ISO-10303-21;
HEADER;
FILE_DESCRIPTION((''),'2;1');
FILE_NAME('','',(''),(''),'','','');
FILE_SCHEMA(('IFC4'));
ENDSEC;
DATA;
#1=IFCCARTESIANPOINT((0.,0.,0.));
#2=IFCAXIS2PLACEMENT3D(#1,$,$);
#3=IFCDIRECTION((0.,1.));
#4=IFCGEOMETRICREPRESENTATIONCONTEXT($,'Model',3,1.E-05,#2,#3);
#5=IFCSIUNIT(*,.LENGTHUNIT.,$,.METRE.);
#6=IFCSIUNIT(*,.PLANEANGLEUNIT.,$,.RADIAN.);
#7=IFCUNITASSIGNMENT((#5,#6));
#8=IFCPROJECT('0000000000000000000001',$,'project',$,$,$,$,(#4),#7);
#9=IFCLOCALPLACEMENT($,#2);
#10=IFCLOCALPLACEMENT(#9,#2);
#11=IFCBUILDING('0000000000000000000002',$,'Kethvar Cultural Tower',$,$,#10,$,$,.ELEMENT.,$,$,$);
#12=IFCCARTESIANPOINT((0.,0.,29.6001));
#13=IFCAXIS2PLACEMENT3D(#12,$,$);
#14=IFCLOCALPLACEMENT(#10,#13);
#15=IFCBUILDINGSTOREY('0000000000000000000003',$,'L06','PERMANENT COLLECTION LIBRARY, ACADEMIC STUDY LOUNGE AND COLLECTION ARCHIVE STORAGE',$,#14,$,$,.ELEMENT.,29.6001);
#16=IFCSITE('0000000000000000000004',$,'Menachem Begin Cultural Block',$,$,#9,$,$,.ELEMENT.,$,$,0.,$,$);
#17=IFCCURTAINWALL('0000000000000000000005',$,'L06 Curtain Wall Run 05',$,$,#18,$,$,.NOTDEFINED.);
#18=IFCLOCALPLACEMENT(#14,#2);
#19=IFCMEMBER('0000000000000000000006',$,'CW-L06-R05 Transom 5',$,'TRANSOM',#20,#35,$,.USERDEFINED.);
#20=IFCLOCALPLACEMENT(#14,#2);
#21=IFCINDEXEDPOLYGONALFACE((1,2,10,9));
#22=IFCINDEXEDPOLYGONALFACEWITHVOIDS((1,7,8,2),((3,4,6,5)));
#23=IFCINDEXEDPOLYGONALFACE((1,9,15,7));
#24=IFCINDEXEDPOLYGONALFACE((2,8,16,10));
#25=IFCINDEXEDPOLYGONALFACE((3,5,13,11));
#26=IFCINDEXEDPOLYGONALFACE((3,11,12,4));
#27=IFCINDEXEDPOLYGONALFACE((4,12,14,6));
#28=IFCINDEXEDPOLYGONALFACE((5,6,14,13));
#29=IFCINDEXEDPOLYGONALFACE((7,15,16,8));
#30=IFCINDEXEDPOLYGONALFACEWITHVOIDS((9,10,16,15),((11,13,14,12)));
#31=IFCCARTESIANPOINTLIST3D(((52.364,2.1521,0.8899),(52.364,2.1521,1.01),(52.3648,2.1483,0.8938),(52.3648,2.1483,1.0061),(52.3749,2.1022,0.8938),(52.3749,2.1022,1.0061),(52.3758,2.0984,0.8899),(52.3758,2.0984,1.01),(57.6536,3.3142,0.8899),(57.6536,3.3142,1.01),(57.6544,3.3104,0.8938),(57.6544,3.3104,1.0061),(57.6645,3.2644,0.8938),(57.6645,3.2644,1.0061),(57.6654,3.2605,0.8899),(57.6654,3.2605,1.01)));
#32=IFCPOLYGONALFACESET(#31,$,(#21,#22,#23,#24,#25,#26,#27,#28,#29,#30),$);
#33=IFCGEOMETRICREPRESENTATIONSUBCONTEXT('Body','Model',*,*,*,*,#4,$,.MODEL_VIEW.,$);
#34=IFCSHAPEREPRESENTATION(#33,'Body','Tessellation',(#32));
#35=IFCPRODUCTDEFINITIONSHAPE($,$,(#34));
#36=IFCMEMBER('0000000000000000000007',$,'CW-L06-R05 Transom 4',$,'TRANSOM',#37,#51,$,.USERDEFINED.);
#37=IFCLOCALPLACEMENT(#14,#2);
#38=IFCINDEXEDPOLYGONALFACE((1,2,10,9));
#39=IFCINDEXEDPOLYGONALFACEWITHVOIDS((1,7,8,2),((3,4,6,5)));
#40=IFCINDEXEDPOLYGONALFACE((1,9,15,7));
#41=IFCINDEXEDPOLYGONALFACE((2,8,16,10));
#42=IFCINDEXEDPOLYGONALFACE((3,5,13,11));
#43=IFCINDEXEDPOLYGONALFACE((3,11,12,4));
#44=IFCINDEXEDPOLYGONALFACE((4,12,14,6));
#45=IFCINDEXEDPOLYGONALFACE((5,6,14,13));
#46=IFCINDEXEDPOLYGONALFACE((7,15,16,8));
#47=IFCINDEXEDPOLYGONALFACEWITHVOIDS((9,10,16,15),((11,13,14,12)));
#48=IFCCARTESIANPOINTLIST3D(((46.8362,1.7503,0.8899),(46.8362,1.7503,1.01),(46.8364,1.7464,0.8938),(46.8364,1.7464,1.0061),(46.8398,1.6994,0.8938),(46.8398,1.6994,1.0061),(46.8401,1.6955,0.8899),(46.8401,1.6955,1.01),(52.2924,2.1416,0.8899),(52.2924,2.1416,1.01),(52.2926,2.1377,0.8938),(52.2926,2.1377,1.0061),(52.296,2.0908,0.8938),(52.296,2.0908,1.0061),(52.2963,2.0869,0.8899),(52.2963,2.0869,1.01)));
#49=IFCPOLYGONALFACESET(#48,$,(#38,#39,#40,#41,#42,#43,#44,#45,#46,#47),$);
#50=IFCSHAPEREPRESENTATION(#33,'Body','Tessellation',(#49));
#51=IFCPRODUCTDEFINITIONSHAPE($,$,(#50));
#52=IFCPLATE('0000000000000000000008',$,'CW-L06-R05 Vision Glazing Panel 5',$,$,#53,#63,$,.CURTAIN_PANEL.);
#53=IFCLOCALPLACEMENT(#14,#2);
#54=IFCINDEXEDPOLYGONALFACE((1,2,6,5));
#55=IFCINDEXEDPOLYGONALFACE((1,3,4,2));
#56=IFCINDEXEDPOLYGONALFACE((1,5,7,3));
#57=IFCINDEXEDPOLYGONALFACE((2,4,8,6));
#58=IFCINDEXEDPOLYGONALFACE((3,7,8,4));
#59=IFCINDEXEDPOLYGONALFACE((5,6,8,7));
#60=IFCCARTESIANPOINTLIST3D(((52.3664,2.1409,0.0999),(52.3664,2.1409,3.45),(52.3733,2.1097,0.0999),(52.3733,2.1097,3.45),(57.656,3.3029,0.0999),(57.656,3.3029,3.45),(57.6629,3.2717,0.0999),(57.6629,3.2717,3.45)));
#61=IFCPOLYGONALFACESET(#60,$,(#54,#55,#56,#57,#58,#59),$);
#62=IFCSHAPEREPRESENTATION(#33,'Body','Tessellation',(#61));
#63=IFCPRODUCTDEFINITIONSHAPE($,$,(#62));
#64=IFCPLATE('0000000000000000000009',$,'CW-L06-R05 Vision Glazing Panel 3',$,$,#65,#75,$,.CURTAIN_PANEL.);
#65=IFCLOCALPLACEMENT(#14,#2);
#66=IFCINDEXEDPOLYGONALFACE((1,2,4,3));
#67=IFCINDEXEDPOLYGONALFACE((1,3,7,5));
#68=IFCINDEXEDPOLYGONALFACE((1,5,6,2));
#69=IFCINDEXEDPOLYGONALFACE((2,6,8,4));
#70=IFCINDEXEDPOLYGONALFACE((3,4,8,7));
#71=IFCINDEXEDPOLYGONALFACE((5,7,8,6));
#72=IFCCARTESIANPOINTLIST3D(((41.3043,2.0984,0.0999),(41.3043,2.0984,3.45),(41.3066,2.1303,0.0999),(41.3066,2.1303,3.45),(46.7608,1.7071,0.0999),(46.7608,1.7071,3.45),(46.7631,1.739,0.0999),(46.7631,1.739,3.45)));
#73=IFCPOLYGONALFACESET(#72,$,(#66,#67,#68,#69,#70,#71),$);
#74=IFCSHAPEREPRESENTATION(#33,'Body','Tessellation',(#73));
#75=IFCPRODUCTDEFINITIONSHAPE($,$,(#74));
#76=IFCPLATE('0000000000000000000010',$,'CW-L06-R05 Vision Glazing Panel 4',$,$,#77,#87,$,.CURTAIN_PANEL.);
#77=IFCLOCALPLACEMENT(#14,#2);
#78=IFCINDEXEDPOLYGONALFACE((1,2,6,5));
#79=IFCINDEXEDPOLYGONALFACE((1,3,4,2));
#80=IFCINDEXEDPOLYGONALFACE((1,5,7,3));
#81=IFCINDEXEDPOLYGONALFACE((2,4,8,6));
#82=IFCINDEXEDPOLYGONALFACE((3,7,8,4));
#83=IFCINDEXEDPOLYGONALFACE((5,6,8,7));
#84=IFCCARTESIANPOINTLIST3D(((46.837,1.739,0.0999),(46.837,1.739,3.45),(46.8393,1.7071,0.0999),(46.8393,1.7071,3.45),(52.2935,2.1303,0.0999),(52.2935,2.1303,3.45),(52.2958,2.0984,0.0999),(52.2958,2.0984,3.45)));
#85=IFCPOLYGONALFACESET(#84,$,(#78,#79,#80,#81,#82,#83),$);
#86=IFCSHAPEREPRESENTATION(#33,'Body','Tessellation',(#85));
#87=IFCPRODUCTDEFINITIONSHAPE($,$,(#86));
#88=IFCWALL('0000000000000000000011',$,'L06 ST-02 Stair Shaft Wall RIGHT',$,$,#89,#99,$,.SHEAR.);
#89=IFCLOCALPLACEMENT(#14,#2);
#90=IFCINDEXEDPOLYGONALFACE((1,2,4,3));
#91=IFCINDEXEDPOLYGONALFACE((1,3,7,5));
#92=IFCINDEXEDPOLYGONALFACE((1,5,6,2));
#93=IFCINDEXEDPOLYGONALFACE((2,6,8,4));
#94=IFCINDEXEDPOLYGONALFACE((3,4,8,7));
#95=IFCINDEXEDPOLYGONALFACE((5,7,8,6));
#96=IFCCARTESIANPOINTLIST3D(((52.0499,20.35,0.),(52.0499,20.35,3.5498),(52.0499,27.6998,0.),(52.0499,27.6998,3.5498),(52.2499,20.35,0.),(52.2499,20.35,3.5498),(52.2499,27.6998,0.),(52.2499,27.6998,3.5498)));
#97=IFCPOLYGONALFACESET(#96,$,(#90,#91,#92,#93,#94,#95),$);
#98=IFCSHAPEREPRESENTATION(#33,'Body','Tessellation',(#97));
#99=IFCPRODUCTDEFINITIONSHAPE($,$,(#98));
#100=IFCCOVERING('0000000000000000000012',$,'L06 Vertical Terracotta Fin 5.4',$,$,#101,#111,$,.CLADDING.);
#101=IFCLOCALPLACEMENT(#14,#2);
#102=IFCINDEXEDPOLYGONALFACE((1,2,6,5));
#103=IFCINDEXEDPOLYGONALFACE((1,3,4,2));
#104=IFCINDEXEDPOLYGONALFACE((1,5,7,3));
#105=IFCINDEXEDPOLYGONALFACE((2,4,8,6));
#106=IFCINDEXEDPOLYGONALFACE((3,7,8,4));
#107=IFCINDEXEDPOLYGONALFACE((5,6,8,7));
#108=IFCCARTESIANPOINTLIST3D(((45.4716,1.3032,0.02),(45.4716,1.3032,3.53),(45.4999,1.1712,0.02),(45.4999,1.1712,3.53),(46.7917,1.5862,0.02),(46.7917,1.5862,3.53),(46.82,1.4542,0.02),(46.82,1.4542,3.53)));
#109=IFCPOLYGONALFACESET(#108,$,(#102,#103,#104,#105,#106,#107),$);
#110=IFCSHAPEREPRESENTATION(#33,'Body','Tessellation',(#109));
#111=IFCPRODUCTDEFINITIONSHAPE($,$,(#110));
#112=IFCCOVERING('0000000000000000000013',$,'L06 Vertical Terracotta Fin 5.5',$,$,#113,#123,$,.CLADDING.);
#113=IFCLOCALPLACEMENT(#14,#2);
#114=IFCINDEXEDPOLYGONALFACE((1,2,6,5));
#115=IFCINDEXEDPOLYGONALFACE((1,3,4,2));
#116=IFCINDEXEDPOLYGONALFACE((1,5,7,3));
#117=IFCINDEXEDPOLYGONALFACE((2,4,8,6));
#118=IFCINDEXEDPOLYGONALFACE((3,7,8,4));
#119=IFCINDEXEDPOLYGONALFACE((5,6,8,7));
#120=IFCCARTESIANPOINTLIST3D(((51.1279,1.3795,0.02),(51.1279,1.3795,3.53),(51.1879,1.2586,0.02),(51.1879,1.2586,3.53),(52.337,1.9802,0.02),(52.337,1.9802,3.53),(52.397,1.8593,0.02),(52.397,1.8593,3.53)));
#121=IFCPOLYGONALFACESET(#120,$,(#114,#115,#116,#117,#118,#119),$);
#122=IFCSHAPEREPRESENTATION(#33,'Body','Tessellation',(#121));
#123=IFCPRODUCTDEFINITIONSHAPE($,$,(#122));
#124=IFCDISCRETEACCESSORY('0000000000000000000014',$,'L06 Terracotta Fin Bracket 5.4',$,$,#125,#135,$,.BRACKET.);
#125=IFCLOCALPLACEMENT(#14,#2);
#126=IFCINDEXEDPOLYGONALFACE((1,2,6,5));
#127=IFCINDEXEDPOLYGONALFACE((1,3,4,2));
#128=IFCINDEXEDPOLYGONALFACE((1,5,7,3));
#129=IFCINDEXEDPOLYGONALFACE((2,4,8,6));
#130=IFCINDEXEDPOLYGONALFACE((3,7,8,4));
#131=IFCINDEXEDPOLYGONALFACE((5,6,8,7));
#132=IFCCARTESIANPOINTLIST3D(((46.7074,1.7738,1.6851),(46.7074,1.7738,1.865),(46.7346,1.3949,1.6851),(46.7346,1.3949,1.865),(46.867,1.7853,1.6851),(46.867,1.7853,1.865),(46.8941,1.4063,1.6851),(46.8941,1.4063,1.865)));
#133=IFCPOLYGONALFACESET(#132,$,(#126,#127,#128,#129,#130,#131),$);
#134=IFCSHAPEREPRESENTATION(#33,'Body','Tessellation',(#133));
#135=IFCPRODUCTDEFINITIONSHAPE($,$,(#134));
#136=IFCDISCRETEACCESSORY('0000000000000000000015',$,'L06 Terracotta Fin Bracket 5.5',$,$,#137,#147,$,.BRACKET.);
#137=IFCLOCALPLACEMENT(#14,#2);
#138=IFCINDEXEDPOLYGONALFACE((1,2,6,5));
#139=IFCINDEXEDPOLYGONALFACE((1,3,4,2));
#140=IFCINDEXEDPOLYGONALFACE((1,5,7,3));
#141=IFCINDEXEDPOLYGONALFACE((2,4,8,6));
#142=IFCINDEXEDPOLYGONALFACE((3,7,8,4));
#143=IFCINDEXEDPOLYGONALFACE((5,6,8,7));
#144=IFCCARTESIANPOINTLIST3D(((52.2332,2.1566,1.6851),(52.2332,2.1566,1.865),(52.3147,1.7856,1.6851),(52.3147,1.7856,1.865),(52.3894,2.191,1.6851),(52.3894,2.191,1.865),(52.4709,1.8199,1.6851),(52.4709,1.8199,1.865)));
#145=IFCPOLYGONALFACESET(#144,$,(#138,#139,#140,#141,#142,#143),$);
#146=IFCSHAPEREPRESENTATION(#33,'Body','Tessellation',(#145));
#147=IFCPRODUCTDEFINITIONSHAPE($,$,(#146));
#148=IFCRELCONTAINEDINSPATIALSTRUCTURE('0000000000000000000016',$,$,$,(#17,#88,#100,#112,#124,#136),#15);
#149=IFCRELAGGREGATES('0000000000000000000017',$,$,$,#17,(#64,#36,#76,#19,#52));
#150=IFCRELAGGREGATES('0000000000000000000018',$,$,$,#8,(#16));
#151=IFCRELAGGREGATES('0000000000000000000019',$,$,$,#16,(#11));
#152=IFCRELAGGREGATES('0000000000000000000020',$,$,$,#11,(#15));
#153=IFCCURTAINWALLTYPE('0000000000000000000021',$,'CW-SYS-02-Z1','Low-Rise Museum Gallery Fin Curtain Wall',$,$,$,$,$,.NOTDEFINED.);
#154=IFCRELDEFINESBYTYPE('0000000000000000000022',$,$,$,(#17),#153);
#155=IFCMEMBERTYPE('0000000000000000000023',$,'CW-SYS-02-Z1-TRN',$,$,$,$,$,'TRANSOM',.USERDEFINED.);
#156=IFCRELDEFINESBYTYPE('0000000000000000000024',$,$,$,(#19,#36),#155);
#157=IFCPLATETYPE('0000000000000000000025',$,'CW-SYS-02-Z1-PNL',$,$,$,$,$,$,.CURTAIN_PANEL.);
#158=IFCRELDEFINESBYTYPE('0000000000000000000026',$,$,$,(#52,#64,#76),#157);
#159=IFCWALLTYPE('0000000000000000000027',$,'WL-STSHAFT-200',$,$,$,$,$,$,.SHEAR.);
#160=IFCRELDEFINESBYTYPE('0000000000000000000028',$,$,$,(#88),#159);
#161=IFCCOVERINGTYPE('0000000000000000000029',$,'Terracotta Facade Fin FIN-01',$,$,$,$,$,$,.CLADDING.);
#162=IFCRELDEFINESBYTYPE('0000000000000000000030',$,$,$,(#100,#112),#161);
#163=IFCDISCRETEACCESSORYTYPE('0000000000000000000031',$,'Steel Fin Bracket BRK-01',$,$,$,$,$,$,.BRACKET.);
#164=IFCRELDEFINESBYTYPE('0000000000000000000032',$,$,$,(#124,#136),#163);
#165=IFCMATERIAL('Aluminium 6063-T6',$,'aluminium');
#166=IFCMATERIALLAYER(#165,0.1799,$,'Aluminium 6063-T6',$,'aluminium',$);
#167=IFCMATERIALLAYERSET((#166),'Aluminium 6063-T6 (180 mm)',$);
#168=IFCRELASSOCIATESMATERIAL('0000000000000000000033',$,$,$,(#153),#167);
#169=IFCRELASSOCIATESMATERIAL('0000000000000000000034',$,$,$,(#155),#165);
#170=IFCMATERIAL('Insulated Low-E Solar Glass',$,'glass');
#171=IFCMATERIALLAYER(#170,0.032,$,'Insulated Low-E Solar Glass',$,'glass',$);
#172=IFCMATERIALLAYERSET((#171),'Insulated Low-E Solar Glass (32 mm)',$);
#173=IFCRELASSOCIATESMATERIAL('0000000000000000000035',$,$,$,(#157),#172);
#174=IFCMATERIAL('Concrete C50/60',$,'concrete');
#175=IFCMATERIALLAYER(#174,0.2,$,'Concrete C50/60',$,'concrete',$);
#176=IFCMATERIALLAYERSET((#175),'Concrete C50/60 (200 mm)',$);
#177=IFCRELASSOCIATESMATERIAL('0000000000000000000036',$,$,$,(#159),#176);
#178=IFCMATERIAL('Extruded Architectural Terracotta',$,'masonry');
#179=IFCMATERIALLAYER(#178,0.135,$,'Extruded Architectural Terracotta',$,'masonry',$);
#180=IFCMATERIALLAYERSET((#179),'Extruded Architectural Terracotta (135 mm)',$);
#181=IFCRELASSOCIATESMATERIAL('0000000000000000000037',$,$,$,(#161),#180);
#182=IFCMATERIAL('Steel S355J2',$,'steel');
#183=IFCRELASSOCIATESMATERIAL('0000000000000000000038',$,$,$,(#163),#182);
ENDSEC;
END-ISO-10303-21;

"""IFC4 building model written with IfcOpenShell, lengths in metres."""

from ifc_helpers import new_model, si_unit, direction, frame, frame_2d, origin, origin_2d, place, context, subcontext, project, spatial, rectangle, hollow_rectangle, extrude, source, transform, mapped, material, layer, layer_set, material_profile, profile_set, type_object, element, aggregate, save


model = new_model("IFC4")

# Units and contexts
model_context = context("Model", 3, precision=1e-05, world=origin(), true_north=direction((0.0, 1.0)))
body_context = subcontext(model_context, "Body", "Model", "MODEL_VIEW")
ifc_project = project(units=[si_unit("LENGTHUNIT", "METRE"), si_unit("PLANEANGLEUNIT", "RADIAN")], contexts=[model_context])

# Site, building, storey
site_placement = place(None, origin())
site = spatial("IfcSite", under=ifc_project, at=site_placement, Name="Menachem Begin Cultural Block", CompositionType="ELEMENT", RefElevation=0.0)
building_placement = place(site_placement, origin())
building = spatial("IfcBuilding", under=site, at=building_placement, Name="Kethvar Cultural Tower", CompositionType="ELEMENT")
storey_placement = place(building_placement, frame((0.0, 0.0, 29.6001)))
storey = spatial("IfcBuildingStorey", under=building, at=storey_placement, Name="L06", Description="PERMANENT COLLECTION LIBRARY, ACADEMIC STUDY LOUNGE AND COLLECTION ARCHIVE STORAGE", CompositionType="ELEMENT", Elevation=29.6001)

# Shared definitions
ifc_material_1 = material(Name="Steel S355J2", Category="steel")

# Curtain wall, members, plates
ifc_material_2 = material(Name="Aluminium 6063-T6", Category="aluminium")
ifc_layer_1 = layer(ifc_material_2, 0.1799, Name="Aluminium 6063-T6", Category="aluminium")
ifc_layer_set_1 = layer_set([ifc_layer_1], Name="Aluminium 6063-T6 (180 mm)")
curtain_wall_type = type_object("IfcCurtainWallType", Name="CW-SYS-02-Z1", Description="Low-Rise Museum Gallery Fin Curtain Wall", PredefinedType="NOTDEFINED", material=ifc_layer_set_1)
curtain_wall_placement = place(storey_placement, origin())
curtain_wall = element("IfcCurtainWall", 1, at=curtain_wall_placement, inside=storey, type_object=curtain_wall_type, Name="L06 Curtain Wall Run 05", PredefinedType="NOTDEFINED")
ifc_material_profile_1 = material_profile(ifc_material_2, hollow_rectangle(XDim=0.0549, YDim=0.1201, WallThickness=0.0039, at=origin_2d()), Name="Aluminium 6063-T6 — RHS120x55x4")
ifc_profile_set_1 = profile_set([ifc_material_profile_1], Name="Aluminium 6063-T6 — RHS120x55x4")
member_type_1 = type_object("IfcMemberType", Name="CW-SYS-02-Z1-TRN", ElementType="TRANSOM", PredefinedType="USERDEFINED", material=ifc_profile_set_1)
shared_shape_1 = source(origin(), body_context, "Body", "SweptSolid", [
    extrude(hollow_rectangle(XDim=0.0549, YDim=0.1201, WallThickness=0.0039, at=origin_2d()), origin(), (0.0, 0.0, 1.0), 5.4158),
])
member_1_placement = place(storey_placement, frame((52.3699, 2.1252, 0.95), z_axis=(0.976706, 0.214581, 0.0), x_axis=(-0.214581, 0.976706, 0.0)))
member_1 = element("IfcMember", 2, at=member_1_placement, type_object=member_type_1, Name="CW-L06-R05 Transom 5", ObjectType="TRANSOM", PredefinedType="USERDEFINED", context=body_context, shape_type="MappedRepresentation", body=[
    mapped(shared_shape_1, transform((0.0, 0.0, 0.0), scale=1.0)),
])
shared_shape_2 = source(origin(), body_context, "Body", "SweptSolid", [
    extrude(hollow_rectangle(XDim=0.0549, YDim=0.1201, WallThickness=0.0039, at=origin_2d()), origin(), (0.0, 0.0, 1.0), 5.4702),
])
member_2_placement = place(storey_placement, frame((46.8381, 1.7229, 0.95), z_axis=(0.997438, 0.071542, 0.0), x_axis=(-0.071542, 0.997438, 0.0)))
member_2 = element("IfcMember", 3, at=member_2_placement, type_object=member_type_1, Name="CW-L06-R05 Transom 4", ObjectType="TRANSOM", PredefinedType="USERDEFINED", context=body_context, shape_type="MappedRepresentation", body=[
    mapped(shared_shape_2, transform((0.0, 0.0, 0.0), scale=1.0)),
])
ifc_material_3 = material(Name="Insulated Low-E Solar Glass", Category="glass")
ifc_layer_2 = layer(ifc_material_3, 0.032, Name="Insulated Low-E Solar Glass", Category="glass")
ifc_layer_set_2 = layer_set([ifc_layer_2], Name="Insulated Low-E Solar Glass (32 mm)")
plate_type = type_object("IfcPlateType", Name="CW-SYS-02-Z1-PNL", PredefinedType="CURTAIN_PANEL", material=ifc_layer_set_2)
shared_shape_3 = source(origin(), body_context, "Body", "SweptSolid", [
    extrude(rectangle(XDim=5.4158, YDim=0.032, at=origin_2d()), origin(), (0.0, 0.0, 1.0), 3.3501),
])
plate_1_placement = place(storey_placement, frame((55.0146, 2.7063, 0.0999), z_axis=(0.0, 0.0, 1.0), x_axis=(0.97671, 0.214565, 0.0)))
plate_1 = element("IfcPlate", 4, at=plate_1_placement, type_object=plate_type, Name="CW-L06-R05 Vision Glazing Panel 5", PredefinedType="CURTAIN_PANEL", context=body_context, shape_type="MappedRepresentation", body=[
    mapped(shared_shape_3, transform((0.0, 0.0, 0.0), scale=1.0)),
])
shared_shape_4 = source(origin(), body_context, "Body", "SweptSolid", [
    extrude(rectangle(XDim=5.4705, YDim=0.032, at=origin_2d()), origin(), (0.0, 0.0, 1.0), 3.3501),
])
plate_2_placement = place(storey_placement, frame((44.0337, 1.9187, 0.0999), z_axis=(0.0, 0.0, 1.0), x_axis=(0.997438, -0.071532, 0.0)))
plate_2 = element("IfcPlate", 5, at=plate_2_placement, type_object=plate_type, Name="CW-L06-R05 Vision Glazing Panel 3", PredefinedType="CURTAIN_PANEL", context=body_context, shape_type="MappedRepresentation", body=[
    mapped(shared_shape_4, transform((0.0, 0.0, 0.0), scale=1.0)),
])
plate_3_placement = place(storey_placement, frame((49.5664, 1.9187, 0.0999), z_axis=(0.0, 0.0, 1.0), x_axis=(0.997438, 0.071532, 0.0)))
plate_3 = element("IfcPlate", 6, at=plate_3_placement, type_object=plate_type, Name="CW-L06-R05 Vision Glazing Panel 4", PredefinedType="CURTAIN_PANEL", context=body_context, shape_type="MappedRepresentation", body=[
    mapped(shared_shape_4, transform((0.0, 0.0, 0.0), scale=1.0)),
])
aggregate(curtain_wall, [plate_2, member_2, plate_3, member_1, plate_1])

# Wall
ifc_material_4 = material(Name="Concrete C50/60", Category="concrete")
ifc_layer_3 = layer(ifc_material_4, 0.2, Name="Concrete C50/60", Category="concrete")
ifc_layer_set_3 = layer_set([ifc_layer_3], Name="Concrete C50/60 (200 mm)")
wall_type_1 = type_object("IfcWallType", Name="WL-STSHAFT-200", PredefinedType="SHEAR", material=ifc_layer_set_3)
wall_1_placement = place(storey_placement, frame((52.1499, 20.3501, 0.0), z_axis=(0.0, 0.0, 1.0), x_axis=(0.0, 1.0, 0.0)))
element("IfcWall", 7, at=wall_1_placement, inside=storey, type_object=wall_type_1, Name="L06 ST-02 Stair Shaft Wall RIGHT", PredefinedType="SHEAR", context=body_context, shape_type="SweptSolid", body=[
    extrude(rectangle(XDim=7.3499, YDim=0.2, at=frame_2d((3.6748, 0.0))), origin(), (0.0, 0.0, 1.0), 3.5498),
])

# Coverings
ifc_material_5 = material(Name="Extruded Architectural Terracotta", Category="masonry")
ifc_layer_4 = layer(ifc_material_5, 0.135, Name="Extruded Architectural Terracotta", Category="masonry")
ifc_layer_set_4 = layer_set([ifc_layer_4], Name="Extruded Architectural Terracotta (135 mm)")
covering_type = type_object("IfcCoveringType", Name="Terracotta Facade Fin FIN-01", PredefinedType="CLADDING", material=ifc_layer_set_4)
shared_shape_5 = source(origin(), body_context, "Body", "SweptSolid", [
    extrude(rectangle(XDim=1.3501, YDim=0.135, at=origin_2d()), origin(), (0.0, 0.0, 1.0), 3.51),
])
for number, where, z_axis, x_axis, name in (
    (8, (46.1458, 1.3787, 0.02), (0.0, 0.0, 1.0), (-0.977783, -0.209619, 0.0), "L06 Vertical Terracotta Fin 5.4"),
    (9, (51.7625, 1.6194, 0.02), (0.0, 0.0, 1.0), (-0.895556, -0.444948, 0.0), "L06 Vertical Terracotta Fin 5.5"),
):
    element("IfcCovering", number, at=place(storey_placement, frame(where, z_axis=z_axis, x_axis=x_axis)), inside=storey, type_object=covering_type, Name=name, PredefinedType="CLADDING", context=body_context, shape_type="MappedRepresentation", body=[
        mapped(shared_shape_5, transform((0.0, 0.0, 0.0), scale=1.0)),
    ])

# Discrete accessories
discrete_accessory_type = type_object("IfcDiscreteAccessoryType", Name="Steel Fin Bracket BRK-01", PredefinedType="BRACKET", material=ifc_material_1)
shared_shape_6 = source(origin(), body_context, "Body", "SweptSolid", [
    extrude(rectangle(XDim=0.3799, YDim=0.1599, at=origin_2d()), origin(), (0.0, 0.0, 1.0), 0.1799),
])
for number, where, z_axis, x_axis, name in (
    (10, (46.8008, 1.5901, 1.6851), (0.0, 0.0, 1.0), (0.071497, -0.997441, 0.0), "L06 Terracotta Fin Bracket 5.4"),
    (11, (52.3521, 1.9883, 1.6851), (0.0, 0.0, 1.0), (0.214565, -0.97671, 0.0), "L06 Terracotta Fin Bracket 5.5"),
):
    element("IfcDiscreteAccessory", number, at=place(storey_placement, frame(where, z_axis=z_axis, x_axis=x_axis)), inside=storey, type_object=discrete_accessory_type, Name=name, PredefinedType="BRACKET", context=body_context, shape_type="MappedRepresentation", body=[
        mapped(shared_shape_6, transform((0.0, 0.0, 0.0), scale=1.0)),
    ])

save(model, "model.ifc")
